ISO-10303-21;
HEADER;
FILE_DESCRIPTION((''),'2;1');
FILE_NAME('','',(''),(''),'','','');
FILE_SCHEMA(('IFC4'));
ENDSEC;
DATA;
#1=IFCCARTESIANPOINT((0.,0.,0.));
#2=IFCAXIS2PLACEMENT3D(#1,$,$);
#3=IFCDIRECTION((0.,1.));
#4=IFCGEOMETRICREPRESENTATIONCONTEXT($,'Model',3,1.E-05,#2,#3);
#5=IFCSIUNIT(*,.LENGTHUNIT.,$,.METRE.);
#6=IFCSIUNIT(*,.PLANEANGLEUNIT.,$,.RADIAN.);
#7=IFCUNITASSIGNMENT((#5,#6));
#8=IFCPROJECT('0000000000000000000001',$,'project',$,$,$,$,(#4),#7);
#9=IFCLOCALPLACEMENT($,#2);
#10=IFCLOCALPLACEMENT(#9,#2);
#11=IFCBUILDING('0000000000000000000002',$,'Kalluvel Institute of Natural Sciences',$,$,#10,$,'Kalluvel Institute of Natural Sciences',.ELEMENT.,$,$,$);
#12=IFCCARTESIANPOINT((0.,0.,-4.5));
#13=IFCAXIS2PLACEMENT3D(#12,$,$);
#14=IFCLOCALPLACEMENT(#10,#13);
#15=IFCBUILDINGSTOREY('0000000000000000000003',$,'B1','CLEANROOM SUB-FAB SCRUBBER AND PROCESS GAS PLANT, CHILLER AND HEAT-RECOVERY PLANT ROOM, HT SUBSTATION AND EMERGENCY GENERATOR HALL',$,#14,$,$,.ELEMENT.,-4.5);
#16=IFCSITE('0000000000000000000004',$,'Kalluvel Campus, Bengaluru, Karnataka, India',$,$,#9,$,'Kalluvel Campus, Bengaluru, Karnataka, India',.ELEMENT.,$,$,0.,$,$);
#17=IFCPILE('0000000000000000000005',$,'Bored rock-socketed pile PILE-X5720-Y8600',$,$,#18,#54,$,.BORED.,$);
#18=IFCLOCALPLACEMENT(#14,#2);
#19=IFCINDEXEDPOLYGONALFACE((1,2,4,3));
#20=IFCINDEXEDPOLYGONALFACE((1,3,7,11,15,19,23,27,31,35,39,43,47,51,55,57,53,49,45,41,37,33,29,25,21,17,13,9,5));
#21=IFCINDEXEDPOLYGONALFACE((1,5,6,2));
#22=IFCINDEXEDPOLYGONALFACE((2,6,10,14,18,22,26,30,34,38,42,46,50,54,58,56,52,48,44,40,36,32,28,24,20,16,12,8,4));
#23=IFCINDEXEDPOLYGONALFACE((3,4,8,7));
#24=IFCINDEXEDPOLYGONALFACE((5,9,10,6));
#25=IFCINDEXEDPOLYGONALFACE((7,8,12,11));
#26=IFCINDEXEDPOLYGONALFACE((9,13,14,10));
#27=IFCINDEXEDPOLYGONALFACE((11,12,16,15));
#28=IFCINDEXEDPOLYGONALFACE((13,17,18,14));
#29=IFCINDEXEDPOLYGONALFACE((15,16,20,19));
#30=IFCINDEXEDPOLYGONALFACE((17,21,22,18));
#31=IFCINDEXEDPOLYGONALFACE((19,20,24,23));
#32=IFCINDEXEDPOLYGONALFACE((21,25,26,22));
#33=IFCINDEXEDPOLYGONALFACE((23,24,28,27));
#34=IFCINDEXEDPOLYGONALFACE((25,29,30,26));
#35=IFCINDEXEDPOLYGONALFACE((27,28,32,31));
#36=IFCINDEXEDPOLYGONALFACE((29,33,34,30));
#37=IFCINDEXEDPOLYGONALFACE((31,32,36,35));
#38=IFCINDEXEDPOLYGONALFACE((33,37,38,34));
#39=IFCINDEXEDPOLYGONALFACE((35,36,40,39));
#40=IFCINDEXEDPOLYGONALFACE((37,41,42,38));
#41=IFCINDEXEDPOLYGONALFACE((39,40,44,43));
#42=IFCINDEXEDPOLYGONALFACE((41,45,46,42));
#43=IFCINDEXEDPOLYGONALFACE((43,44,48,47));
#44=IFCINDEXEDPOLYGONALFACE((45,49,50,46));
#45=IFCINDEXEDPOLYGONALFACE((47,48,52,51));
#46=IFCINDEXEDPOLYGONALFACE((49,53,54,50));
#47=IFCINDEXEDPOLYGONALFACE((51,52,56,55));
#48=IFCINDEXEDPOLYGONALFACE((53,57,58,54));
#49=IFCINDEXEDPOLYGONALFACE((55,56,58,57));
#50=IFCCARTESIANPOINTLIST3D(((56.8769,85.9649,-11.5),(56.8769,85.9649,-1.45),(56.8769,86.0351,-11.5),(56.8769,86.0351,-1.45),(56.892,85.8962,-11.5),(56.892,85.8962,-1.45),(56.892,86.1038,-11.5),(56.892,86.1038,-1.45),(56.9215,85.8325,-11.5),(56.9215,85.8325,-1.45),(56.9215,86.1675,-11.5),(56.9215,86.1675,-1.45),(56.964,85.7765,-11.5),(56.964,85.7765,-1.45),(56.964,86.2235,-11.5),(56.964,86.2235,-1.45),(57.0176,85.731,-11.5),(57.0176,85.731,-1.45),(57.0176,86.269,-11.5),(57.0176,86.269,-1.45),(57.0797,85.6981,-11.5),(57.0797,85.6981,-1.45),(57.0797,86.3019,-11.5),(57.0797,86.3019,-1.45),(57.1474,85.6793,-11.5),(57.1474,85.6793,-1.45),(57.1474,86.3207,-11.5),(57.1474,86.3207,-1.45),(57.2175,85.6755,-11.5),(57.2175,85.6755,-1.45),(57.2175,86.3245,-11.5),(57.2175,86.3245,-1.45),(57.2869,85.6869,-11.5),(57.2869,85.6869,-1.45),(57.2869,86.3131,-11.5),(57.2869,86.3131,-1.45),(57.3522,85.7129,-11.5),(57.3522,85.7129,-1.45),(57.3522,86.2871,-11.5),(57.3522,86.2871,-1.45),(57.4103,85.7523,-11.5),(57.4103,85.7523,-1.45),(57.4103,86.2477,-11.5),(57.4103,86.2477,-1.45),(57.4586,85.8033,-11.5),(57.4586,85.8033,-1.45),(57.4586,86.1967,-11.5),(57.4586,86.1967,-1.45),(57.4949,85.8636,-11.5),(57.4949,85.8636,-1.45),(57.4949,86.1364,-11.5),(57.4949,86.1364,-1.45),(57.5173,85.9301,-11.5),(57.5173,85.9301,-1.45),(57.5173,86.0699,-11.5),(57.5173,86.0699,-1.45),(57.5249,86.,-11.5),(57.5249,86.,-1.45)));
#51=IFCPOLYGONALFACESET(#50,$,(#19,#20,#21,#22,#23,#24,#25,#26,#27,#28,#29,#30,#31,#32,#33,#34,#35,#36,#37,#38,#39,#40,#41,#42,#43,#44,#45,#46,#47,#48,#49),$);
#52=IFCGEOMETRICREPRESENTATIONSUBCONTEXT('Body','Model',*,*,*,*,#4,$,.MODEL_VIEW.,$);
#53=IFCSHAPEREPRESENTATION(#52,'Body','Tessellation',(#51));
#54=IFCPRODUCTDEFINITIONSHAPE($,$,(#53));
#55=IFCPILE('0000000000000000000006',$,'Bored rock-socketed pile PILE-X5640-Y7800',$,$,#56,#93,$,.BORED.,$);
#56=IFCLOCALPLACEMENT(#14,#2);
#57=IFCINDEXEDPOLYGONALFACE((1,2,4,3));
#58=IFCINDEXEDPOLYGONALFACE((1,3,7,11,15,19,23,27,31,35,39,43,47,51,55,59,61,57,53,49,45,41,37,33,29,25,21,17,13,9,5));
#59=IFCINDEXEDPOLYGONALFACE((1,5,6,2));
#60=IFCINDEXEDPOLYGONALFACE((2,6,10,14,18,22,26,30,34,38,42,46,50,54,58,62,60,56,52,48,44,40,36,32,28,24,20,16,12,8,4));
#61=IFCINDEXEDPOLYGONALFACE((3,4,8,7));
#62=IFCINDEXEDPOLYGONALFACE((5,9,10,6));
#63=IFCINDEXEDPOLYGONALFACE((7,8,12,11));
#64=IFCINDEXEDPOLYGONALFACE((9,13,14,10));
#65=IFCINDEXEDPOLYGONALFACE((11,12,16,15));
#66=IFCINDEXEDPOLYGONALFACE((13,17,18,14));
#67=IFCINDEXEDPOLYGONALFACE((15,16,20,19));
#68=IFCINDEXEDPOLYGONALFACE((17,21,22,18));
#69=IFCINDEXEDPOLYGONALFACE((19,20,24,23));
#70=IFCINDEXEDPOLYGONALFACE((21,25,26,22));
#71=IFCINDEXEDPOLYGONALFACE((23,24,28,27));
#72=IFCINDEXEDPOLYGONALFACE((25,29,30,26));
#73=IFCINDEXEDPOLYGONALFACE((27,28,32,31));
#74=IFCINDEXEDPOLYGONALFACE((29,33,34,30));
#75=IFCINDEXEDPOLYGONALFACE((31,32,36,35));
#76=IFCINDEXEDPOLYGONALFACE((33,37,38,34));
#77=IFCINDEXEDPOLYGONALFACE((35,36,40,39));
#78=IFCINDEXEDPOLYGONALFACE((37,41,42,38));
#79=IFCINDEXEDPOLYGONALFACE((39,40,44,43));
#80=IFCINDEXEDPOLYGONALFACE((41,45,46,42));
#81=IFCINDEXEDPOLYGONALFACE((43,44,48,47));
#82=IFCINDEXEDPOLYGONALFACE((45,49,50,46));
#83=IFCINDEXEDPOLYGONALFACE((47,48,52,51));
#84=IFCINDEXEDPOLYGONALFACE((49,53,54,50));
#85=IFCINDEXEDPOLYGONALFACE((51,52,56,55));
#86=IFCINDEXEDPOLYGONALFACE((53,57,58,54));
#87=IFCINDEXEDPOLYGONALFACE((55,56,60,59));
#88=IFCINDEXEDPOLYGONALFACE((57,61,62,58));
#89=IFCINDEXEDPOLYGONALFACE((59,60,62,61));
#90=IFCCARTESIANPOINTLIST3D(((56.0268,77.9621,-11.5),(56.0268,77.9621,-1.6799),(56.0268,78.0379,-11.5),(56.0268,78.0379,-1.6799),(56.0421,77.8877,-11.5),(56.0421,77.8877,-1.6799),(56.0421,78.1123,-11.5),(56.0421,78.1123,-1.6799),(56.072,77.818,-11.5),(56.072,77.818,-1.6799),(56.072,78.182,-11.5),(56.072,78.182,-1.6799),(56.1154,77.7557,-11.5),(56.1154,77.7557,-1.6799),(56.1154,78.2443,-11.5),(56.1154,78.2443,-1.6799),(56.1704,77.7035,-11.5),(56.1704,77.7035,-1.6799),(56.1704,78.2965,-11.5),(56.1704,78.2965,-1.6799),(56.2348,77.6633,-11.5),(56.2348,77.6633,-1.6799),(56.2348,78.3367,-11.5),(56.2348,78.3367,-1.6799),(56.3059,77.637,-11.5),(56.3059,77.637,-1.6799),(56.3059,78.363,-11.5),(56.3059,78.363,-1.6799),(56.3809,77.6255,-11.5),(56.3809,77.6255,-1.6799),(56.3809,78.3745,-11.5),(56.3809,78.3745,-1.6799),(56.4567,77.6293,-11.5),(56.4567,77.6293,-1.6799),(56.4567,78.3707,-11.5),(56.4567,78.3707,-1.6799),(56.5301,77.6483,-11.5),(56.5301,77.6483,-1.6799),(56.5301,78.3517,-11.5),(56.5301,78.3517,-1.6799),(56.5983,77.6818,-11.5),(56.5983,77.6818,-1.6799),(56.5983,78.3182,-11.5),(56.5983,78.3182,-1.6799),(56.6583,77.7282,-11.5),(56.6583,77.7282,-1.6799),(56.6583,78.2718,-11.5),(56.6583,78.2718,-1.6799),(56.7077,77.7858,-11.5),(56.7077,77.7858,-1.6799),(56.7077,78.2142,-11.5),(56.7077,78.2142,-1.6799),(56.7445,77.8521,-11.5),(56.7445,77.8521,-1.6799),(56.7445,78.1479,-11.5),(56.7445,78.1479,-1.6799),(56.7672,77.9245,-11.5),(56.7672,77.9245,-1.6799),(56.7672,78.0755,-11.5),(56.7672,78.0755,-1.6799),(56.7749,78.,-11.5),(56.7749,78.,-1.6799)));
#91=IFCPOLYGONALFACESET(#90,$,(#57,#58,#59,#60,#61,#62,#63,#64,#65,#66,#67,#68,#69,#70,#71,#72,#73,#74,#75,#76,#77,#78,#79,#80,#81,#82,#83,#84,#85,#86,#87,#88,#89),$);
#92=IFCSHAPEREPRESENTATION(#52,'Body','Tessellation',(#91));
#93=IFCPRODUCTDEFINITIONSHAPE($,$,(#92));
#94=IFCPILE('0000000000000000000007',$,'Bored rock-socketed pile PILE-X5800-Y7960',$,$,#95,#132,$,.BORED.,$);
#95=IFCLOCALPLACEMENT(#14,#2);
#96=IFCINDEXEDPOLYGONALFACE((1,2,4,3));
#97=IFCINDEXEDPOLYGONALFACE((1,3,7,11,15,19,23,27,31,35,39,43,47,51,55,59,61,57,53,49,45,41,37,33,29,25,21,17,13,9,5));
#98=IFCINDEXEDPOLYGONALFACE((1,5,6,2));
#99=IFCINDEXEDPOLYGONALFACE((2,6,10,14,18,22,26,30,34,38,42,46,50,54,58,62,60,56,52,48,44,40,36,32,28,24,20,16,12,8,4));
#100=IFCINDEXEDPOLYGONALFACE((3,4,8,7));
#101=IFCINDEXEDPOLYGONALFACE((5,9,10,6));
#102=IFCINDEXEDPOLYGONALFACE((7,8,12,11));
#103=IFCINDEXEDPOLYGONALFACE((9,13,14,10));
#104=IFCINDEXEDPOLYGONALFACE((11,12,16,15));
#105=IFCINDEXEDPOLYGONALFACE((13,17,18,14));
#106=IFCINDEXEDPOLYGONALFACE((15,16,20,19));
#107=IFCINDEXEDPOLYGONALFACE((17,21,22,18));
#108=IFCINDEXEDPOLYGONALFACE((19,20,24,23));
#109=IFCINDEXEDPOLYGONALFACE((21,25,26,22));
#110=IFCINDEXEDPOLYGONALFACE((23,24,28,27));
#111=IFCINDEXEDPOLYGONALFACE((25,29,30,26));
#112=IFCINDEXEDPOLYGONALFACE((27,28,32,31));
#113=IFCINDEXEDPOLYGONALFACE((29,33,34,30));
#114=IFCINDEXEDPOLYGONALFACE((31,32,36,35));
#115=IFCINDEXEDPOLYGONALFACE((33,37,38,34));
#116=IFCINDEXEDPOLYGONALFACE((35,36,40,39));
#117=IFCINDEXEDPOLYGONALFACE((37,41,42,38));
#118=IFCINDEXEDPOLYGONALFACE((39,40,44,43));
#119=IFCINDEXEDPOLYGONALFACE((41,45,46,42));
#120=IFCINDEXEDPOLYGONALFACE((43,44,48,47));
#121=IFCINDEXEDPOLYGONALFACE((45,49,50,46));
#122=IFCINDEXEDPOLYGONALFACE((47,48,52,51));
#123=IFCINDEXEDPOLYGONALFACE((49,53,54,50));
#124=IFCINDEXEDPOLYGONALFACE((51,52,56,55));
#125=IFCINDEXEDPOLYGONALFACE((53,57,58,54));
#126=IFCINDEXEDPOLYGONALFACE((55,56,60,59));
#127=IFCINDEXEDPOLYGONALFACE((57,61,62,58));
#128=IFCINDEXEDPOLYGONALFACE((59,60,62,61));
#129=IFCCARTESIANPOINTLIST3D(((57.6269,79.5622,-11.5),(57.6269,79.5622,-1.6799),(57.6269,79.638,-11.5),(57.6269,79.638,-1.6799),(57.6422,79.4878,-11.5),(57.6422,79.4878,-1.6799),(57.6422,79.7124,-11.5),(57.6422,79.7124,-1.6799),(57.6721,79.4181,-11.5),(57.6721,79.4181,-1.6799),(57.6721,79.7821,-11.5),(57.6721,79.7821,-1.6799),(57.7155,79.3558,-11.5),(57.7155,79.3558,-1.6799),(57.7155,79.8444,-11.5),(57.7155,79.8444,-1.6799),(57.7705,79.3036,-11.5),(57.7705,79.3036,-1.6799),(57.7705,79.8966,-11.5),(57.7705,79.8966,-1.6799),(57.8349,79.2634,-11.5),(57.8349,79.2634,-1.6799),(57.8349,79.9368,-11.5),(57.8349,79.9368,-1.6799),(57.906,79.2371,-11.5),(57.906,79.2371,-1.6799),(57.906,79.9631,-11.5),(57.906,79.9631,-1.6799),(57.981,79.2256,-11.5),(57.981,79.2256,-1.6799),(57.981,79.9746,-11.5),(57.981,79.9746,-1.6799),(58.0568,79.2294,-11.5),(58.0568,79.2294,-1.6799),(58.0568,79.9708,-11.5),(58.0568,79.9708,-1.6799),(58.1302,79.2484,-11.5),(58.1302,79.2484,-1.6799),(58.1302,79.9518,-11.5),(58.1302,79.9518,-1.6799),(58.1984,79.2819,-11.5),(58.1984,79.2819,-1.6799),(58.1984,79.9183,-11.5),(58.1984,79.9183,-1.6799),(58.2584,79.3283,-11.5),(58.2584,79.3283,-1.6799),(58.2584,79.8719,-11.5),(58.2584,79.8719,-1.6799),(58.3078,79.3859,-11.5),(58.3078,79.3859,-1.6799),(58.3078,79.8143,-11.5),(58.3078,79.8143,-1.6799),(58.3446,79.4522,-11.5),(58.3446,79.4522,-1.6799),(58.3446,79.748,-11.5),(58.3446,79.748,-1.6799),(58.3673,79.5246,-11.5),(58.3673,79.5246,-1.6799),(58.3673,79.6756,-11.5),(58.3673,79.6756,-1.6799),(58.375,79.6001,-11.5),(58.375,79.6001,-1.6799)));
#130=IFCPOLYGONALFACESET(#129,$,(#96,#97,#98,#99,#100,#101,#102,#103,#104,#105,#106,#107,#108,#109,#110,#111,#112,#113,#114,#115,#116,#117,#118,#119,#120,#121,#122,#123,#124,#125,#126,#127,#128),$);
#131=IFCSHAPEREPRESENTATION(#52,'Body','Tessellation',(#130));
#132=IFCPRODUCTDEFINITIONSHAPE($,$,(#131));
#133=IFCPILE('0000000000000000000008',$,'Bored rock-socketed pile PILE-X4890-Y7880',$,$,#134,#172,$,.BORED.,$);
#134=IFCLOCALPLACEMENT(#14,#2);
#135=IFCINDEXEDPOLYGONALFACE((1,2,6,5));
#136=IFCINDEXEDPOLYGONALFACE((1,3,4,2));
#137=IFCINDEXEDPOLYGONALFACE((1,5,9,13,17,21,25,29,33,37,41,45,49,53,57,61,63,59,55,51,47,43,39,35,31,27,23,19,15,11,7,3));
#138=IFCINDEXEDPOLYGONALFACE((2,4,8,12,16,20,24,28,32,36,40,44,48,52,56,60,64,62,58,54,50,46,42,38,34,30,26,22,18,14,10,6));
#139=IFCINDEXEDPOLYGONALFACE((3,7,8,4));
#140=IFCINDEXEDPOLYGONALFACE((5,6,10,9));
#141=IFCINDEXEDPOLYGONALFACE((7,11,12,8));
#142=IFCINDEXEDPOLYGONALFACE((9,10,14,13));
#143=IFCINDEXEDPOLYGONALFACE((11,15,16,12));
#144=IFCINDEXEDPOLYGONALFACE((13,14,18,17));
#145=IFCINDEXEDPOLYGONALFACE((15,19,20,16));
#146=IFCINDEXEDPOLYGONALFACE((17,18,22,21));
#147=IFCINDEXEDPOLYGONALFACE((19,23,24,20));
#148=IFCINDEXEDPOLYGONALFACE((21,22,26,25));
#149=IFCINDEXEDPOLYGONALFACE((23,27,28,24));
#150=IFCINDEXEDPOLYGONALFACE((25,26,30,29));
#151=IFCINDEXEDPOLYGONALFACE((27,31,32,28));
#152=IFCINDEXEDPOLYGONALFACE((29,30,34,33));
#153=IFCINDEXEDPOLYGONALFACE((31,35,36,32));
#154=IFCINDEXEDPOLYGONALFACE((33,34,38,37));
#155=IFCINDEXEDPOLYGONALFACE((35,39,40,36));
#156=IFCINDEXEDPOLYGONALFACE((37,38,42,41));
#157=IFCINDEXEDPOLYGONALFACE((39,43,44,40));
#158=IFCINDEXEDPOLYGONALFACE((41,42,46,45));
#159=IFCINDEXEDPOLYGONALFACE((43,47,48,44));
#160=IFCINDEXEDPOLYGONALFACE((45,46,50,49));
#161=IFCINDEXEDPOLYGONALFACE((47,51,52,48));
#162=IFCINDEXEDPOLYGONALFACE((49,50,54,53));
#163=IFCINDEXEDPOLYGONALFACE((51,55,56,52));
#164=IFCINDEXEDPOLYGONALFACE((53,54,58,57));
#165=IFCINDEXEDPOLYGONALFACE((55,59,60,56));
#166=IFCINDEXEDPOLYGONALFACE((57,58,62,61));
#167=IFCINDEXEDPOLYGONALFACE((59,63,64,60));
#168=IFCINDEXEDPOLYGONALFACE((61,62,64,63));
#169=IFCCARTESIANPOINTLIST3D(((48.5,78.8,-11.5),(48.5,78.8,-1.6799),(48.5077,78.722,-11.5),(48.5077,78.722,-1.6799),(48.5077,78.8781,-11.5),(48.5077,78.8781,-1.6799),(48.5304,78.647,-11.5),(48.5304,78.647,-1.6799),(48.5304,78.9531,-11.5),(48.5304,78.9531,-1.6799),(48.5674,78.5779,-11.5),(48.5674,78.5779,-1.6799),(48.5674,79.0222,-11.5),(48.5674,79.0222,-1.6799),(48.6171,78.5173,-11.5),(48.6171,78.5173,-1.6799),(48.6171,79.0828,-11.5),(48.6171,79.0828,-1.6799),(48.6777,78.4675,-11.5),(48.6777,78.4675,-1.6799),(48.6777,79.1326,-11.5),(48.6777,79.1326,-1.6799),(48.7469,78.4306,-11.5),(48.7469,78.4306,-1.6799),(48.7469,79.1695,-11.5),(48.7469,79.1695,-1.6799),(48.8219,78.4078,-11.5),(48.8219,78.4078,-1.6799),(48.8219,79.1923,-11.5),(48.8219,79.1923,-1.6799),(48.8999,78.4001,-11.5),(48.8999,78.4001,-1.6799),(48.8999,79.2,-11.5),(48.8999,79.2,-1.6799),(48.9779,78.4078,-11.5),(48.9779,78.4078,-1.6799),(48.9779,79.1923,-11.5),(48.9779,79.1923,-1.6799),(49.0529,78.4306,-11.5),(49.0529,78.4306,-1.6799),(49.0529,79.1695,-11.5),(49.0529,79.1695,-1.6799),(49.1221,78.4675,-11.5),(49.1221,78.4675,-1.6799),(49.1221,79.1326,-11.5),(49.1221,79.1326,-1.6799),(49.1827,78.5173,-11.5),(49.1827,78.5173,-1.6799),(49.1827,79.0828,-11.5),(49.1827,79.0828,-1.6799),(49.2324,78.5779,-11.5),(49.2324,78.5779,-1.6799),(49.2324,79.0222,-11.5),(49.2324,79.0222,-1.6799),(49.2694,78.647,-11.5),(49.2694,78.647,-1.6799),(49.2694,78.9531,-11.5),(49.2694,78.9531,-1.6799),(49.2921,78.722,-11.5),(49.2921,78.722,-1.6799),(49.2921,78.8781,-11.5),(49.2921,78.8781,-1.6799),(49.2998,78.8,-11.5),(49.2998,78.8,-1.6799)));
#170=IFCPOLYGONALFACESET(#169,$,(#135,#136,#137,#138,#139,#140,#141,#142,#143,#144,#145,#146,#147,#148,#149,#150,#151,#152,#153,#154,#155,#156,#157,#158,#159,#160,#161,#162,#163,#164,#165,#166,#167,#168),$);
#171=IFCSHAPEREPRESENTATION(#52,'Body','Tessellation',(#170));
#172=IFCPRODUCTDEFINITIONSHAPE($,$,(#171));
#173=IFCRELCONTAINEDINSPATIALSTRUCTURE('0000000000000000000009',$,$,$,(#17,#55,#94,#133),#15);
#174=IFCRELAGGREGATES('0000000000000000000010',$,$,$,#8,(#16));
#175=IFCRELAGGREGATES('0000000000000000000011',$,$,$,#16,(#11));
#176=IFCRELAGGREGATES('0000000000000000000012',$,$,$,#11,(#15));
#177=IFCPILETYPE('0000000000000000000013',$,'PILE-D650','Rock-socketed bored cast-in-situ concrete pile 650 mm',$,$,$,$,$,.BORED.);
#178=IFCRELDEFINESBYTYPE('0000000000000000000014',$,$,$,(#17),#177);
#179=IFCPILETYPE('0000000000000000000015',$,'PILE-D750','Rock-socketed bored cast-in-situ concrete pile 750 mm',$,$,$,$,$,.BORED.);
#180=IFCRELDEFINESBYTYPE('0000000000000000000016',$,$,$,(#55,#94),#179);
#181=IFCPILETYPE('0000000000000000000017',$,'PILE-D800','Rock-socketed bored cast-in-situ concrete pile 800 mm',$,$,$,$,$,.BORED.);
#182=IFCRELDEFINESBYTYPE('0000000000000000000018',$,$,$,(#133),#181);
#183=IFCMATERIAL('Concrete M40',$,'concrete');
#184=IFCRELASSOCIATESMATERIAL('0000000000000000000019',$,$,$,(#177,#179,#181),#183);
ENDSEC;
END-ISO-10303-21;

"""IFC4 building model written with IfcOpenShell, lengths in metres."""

from ifc_helpers import new_model, si_unit, direction, frame, origin, origin_2d, place, context, subcontext, project, spatial, circle, extrude, material, material_profile, profile_set, type_object, element, save


model = new_model("IFC4")

# Units and contexts
model_context = context("Model", 3, precision=1e-05, world=origin(), true_north=direction((0.0, 1.0)))
body_context = subcontext(model_context, "Body", "Model", "MODEL_VIEW")
ifc_project = project(units=[si_unit("LENGTHUNIT", "METRE"), si_unit("PLANEANGLEUNIT", "RADIAN")], contexts=[model_context])

# Site, building, storey
site_placement = place(None, origin())
site = spatial("IfcSite", under=ifc_project, at=site_placement, Name="Kalluvel Campus, Bengaluru, Karnataka, India", LongName="Kalluvel Campus, Bengaluru, Karnataka, India", CompositionType="ELEMENT", RefElevation=0.0)
building_placement = place(site_placement, origin())
building = spatial("IfcBuilding", under=site, at=building_placement, Name="Kalluvel Institute of Natural Sciences", LongName="Kalluvel Institute of Natural Sciences", CompositionType="ELEMENT")
storey_placement = place(building_placement, frame((0.0, 0.0, -4.5)))
storey = spatial("IfcBuildingStorey", under=building, at=storey_placement, Name="B1", Description="CLEANROOM SUB-FAB SCRUBBER AND PROCESS GAS PLANT, CHILLER AND HEAT-RECOVERY PLANT ROOM, HT SUBSTATION AND EMERGENCY GENERATOR HALL", CompositionType="ELEMENT", Elevation=-4.5)

# Shared definitions
ifc_material_1 = material(Name="Concrete M40", Category="concrete")

# Piles
ifc_material_profile_1 = material_profile(ifc_material_1, circle(Radius=0.325, at=origin_2d()), Name="PILE D650")
ifc_profile_set_1 = profile_set([ifc_material_profile_1], Name="Concrete M40")
pile_type_1 = type_object("IfcPileType", Name="PILE-D650", Description="Rock-socketed bored cast-in-situ concrete pile 650 mm", PredefinedType="BORED", material=ifc_profile_set_1)
pile_1_placement = place(storey_placement, frame((57.2, 86.0, -1.45), z_axis=(0.0, 0.0, -1.0), x_axis=(1.0, 0.0, 0.0)))
element("IfcPile", 1, at=pile_1_placement, inside=storey, type_object=pile_type_1, Name="Bored rock-socketed pile PILE-X5720-Y8600", PredefinedType="BORED", context=body_context, shape_type="SweptSolid", body=[
    extrude(circle(Radius=0.325, at=origin_2d()), origin(), (0.0, 0.0, 1.0), 10.05),
])
ifc_material_profile_2 = material_profile(ifc_material_1, circle(Radius=0.375, at=origin_2d()), Name="PILE D750")
ifc_profile_set_2 = profile_set([ifc_material_profile_2], Name="Concrete M40")
pile_type_2 = type_object("IfcPileType", Name="PILE-D750", Description="Rock-socketed bored cast-in-situ concrete pile 750 mm", PredefinedType="BORED", material=ifc_profile_set_2)
for number, where, z_axis, x_axis, name in (
    (2, (56.3999, 78.0, -1.6799), (0.0, 0.0, -1.0), (1.0, 0.0, 0.0), "Bored rock-socketed pile PILE-X5640-Y7800"),
    (3, (58.0, 79.6001, -1.6799), (0.0, 0.0, -1.0), (1.0, 0.0, 0.0), "Bored rock-socketed pile PILE-X5800-Y7960"),
):
    element("IfcPile", number, at=place(storey_placement, frame(where, z_axis=z_axis, x_axis=x_axis)), inside=storey, type_object=pile_type_2, Name=name, PredefinedType="BORED", context=body_context, shape_type="SweptSolid", body=[
        extrude(circle(Radius=0.375, at=origin_2d()), origin(), (0.0, 0.0, 1.0), 9.8201),
    ])
ifc_material_profile_3 = material_profile(ifc_material_1, circle(Radius=0.3999, at=origin_2d()), Name="PILE D800")
ifc_profile_set_3 = profile_set([ifc_material_profile_3], Name="Concrete M40")
pile_type_3 = type_object("IfcPileType", Name="PILE-D800", Description="Rock-socketed bored cast-in-situ concrete pile 800 mm", PredefinedType="BORED", material=ifc_profile_set_3)
for number, where, z_axis, x_axis, name in (
    (4, (48.8999, 78.8, -1.6799), (0.0, 0.0, -1.0), (1.0, 0.0, 0.0), "Bored rock-socketed pile PILE-X4890-Y7880"),
):
    element("IfcPile", number, at=place(storey_placement, frame(where, z_axis=z_axis, x_axis=x_axis)), inside=storey, type_object=pile_type_3, Name=name, PredefinedType="BORED", context=body_context, shape_type="SweptSolid", body=[
        extrude(circle(Radius=0.3999, at=origin_2d()), origin(), (0.0, 0.0, 1.0), 9.8201),
    ])

save(model, "model.ifc")
